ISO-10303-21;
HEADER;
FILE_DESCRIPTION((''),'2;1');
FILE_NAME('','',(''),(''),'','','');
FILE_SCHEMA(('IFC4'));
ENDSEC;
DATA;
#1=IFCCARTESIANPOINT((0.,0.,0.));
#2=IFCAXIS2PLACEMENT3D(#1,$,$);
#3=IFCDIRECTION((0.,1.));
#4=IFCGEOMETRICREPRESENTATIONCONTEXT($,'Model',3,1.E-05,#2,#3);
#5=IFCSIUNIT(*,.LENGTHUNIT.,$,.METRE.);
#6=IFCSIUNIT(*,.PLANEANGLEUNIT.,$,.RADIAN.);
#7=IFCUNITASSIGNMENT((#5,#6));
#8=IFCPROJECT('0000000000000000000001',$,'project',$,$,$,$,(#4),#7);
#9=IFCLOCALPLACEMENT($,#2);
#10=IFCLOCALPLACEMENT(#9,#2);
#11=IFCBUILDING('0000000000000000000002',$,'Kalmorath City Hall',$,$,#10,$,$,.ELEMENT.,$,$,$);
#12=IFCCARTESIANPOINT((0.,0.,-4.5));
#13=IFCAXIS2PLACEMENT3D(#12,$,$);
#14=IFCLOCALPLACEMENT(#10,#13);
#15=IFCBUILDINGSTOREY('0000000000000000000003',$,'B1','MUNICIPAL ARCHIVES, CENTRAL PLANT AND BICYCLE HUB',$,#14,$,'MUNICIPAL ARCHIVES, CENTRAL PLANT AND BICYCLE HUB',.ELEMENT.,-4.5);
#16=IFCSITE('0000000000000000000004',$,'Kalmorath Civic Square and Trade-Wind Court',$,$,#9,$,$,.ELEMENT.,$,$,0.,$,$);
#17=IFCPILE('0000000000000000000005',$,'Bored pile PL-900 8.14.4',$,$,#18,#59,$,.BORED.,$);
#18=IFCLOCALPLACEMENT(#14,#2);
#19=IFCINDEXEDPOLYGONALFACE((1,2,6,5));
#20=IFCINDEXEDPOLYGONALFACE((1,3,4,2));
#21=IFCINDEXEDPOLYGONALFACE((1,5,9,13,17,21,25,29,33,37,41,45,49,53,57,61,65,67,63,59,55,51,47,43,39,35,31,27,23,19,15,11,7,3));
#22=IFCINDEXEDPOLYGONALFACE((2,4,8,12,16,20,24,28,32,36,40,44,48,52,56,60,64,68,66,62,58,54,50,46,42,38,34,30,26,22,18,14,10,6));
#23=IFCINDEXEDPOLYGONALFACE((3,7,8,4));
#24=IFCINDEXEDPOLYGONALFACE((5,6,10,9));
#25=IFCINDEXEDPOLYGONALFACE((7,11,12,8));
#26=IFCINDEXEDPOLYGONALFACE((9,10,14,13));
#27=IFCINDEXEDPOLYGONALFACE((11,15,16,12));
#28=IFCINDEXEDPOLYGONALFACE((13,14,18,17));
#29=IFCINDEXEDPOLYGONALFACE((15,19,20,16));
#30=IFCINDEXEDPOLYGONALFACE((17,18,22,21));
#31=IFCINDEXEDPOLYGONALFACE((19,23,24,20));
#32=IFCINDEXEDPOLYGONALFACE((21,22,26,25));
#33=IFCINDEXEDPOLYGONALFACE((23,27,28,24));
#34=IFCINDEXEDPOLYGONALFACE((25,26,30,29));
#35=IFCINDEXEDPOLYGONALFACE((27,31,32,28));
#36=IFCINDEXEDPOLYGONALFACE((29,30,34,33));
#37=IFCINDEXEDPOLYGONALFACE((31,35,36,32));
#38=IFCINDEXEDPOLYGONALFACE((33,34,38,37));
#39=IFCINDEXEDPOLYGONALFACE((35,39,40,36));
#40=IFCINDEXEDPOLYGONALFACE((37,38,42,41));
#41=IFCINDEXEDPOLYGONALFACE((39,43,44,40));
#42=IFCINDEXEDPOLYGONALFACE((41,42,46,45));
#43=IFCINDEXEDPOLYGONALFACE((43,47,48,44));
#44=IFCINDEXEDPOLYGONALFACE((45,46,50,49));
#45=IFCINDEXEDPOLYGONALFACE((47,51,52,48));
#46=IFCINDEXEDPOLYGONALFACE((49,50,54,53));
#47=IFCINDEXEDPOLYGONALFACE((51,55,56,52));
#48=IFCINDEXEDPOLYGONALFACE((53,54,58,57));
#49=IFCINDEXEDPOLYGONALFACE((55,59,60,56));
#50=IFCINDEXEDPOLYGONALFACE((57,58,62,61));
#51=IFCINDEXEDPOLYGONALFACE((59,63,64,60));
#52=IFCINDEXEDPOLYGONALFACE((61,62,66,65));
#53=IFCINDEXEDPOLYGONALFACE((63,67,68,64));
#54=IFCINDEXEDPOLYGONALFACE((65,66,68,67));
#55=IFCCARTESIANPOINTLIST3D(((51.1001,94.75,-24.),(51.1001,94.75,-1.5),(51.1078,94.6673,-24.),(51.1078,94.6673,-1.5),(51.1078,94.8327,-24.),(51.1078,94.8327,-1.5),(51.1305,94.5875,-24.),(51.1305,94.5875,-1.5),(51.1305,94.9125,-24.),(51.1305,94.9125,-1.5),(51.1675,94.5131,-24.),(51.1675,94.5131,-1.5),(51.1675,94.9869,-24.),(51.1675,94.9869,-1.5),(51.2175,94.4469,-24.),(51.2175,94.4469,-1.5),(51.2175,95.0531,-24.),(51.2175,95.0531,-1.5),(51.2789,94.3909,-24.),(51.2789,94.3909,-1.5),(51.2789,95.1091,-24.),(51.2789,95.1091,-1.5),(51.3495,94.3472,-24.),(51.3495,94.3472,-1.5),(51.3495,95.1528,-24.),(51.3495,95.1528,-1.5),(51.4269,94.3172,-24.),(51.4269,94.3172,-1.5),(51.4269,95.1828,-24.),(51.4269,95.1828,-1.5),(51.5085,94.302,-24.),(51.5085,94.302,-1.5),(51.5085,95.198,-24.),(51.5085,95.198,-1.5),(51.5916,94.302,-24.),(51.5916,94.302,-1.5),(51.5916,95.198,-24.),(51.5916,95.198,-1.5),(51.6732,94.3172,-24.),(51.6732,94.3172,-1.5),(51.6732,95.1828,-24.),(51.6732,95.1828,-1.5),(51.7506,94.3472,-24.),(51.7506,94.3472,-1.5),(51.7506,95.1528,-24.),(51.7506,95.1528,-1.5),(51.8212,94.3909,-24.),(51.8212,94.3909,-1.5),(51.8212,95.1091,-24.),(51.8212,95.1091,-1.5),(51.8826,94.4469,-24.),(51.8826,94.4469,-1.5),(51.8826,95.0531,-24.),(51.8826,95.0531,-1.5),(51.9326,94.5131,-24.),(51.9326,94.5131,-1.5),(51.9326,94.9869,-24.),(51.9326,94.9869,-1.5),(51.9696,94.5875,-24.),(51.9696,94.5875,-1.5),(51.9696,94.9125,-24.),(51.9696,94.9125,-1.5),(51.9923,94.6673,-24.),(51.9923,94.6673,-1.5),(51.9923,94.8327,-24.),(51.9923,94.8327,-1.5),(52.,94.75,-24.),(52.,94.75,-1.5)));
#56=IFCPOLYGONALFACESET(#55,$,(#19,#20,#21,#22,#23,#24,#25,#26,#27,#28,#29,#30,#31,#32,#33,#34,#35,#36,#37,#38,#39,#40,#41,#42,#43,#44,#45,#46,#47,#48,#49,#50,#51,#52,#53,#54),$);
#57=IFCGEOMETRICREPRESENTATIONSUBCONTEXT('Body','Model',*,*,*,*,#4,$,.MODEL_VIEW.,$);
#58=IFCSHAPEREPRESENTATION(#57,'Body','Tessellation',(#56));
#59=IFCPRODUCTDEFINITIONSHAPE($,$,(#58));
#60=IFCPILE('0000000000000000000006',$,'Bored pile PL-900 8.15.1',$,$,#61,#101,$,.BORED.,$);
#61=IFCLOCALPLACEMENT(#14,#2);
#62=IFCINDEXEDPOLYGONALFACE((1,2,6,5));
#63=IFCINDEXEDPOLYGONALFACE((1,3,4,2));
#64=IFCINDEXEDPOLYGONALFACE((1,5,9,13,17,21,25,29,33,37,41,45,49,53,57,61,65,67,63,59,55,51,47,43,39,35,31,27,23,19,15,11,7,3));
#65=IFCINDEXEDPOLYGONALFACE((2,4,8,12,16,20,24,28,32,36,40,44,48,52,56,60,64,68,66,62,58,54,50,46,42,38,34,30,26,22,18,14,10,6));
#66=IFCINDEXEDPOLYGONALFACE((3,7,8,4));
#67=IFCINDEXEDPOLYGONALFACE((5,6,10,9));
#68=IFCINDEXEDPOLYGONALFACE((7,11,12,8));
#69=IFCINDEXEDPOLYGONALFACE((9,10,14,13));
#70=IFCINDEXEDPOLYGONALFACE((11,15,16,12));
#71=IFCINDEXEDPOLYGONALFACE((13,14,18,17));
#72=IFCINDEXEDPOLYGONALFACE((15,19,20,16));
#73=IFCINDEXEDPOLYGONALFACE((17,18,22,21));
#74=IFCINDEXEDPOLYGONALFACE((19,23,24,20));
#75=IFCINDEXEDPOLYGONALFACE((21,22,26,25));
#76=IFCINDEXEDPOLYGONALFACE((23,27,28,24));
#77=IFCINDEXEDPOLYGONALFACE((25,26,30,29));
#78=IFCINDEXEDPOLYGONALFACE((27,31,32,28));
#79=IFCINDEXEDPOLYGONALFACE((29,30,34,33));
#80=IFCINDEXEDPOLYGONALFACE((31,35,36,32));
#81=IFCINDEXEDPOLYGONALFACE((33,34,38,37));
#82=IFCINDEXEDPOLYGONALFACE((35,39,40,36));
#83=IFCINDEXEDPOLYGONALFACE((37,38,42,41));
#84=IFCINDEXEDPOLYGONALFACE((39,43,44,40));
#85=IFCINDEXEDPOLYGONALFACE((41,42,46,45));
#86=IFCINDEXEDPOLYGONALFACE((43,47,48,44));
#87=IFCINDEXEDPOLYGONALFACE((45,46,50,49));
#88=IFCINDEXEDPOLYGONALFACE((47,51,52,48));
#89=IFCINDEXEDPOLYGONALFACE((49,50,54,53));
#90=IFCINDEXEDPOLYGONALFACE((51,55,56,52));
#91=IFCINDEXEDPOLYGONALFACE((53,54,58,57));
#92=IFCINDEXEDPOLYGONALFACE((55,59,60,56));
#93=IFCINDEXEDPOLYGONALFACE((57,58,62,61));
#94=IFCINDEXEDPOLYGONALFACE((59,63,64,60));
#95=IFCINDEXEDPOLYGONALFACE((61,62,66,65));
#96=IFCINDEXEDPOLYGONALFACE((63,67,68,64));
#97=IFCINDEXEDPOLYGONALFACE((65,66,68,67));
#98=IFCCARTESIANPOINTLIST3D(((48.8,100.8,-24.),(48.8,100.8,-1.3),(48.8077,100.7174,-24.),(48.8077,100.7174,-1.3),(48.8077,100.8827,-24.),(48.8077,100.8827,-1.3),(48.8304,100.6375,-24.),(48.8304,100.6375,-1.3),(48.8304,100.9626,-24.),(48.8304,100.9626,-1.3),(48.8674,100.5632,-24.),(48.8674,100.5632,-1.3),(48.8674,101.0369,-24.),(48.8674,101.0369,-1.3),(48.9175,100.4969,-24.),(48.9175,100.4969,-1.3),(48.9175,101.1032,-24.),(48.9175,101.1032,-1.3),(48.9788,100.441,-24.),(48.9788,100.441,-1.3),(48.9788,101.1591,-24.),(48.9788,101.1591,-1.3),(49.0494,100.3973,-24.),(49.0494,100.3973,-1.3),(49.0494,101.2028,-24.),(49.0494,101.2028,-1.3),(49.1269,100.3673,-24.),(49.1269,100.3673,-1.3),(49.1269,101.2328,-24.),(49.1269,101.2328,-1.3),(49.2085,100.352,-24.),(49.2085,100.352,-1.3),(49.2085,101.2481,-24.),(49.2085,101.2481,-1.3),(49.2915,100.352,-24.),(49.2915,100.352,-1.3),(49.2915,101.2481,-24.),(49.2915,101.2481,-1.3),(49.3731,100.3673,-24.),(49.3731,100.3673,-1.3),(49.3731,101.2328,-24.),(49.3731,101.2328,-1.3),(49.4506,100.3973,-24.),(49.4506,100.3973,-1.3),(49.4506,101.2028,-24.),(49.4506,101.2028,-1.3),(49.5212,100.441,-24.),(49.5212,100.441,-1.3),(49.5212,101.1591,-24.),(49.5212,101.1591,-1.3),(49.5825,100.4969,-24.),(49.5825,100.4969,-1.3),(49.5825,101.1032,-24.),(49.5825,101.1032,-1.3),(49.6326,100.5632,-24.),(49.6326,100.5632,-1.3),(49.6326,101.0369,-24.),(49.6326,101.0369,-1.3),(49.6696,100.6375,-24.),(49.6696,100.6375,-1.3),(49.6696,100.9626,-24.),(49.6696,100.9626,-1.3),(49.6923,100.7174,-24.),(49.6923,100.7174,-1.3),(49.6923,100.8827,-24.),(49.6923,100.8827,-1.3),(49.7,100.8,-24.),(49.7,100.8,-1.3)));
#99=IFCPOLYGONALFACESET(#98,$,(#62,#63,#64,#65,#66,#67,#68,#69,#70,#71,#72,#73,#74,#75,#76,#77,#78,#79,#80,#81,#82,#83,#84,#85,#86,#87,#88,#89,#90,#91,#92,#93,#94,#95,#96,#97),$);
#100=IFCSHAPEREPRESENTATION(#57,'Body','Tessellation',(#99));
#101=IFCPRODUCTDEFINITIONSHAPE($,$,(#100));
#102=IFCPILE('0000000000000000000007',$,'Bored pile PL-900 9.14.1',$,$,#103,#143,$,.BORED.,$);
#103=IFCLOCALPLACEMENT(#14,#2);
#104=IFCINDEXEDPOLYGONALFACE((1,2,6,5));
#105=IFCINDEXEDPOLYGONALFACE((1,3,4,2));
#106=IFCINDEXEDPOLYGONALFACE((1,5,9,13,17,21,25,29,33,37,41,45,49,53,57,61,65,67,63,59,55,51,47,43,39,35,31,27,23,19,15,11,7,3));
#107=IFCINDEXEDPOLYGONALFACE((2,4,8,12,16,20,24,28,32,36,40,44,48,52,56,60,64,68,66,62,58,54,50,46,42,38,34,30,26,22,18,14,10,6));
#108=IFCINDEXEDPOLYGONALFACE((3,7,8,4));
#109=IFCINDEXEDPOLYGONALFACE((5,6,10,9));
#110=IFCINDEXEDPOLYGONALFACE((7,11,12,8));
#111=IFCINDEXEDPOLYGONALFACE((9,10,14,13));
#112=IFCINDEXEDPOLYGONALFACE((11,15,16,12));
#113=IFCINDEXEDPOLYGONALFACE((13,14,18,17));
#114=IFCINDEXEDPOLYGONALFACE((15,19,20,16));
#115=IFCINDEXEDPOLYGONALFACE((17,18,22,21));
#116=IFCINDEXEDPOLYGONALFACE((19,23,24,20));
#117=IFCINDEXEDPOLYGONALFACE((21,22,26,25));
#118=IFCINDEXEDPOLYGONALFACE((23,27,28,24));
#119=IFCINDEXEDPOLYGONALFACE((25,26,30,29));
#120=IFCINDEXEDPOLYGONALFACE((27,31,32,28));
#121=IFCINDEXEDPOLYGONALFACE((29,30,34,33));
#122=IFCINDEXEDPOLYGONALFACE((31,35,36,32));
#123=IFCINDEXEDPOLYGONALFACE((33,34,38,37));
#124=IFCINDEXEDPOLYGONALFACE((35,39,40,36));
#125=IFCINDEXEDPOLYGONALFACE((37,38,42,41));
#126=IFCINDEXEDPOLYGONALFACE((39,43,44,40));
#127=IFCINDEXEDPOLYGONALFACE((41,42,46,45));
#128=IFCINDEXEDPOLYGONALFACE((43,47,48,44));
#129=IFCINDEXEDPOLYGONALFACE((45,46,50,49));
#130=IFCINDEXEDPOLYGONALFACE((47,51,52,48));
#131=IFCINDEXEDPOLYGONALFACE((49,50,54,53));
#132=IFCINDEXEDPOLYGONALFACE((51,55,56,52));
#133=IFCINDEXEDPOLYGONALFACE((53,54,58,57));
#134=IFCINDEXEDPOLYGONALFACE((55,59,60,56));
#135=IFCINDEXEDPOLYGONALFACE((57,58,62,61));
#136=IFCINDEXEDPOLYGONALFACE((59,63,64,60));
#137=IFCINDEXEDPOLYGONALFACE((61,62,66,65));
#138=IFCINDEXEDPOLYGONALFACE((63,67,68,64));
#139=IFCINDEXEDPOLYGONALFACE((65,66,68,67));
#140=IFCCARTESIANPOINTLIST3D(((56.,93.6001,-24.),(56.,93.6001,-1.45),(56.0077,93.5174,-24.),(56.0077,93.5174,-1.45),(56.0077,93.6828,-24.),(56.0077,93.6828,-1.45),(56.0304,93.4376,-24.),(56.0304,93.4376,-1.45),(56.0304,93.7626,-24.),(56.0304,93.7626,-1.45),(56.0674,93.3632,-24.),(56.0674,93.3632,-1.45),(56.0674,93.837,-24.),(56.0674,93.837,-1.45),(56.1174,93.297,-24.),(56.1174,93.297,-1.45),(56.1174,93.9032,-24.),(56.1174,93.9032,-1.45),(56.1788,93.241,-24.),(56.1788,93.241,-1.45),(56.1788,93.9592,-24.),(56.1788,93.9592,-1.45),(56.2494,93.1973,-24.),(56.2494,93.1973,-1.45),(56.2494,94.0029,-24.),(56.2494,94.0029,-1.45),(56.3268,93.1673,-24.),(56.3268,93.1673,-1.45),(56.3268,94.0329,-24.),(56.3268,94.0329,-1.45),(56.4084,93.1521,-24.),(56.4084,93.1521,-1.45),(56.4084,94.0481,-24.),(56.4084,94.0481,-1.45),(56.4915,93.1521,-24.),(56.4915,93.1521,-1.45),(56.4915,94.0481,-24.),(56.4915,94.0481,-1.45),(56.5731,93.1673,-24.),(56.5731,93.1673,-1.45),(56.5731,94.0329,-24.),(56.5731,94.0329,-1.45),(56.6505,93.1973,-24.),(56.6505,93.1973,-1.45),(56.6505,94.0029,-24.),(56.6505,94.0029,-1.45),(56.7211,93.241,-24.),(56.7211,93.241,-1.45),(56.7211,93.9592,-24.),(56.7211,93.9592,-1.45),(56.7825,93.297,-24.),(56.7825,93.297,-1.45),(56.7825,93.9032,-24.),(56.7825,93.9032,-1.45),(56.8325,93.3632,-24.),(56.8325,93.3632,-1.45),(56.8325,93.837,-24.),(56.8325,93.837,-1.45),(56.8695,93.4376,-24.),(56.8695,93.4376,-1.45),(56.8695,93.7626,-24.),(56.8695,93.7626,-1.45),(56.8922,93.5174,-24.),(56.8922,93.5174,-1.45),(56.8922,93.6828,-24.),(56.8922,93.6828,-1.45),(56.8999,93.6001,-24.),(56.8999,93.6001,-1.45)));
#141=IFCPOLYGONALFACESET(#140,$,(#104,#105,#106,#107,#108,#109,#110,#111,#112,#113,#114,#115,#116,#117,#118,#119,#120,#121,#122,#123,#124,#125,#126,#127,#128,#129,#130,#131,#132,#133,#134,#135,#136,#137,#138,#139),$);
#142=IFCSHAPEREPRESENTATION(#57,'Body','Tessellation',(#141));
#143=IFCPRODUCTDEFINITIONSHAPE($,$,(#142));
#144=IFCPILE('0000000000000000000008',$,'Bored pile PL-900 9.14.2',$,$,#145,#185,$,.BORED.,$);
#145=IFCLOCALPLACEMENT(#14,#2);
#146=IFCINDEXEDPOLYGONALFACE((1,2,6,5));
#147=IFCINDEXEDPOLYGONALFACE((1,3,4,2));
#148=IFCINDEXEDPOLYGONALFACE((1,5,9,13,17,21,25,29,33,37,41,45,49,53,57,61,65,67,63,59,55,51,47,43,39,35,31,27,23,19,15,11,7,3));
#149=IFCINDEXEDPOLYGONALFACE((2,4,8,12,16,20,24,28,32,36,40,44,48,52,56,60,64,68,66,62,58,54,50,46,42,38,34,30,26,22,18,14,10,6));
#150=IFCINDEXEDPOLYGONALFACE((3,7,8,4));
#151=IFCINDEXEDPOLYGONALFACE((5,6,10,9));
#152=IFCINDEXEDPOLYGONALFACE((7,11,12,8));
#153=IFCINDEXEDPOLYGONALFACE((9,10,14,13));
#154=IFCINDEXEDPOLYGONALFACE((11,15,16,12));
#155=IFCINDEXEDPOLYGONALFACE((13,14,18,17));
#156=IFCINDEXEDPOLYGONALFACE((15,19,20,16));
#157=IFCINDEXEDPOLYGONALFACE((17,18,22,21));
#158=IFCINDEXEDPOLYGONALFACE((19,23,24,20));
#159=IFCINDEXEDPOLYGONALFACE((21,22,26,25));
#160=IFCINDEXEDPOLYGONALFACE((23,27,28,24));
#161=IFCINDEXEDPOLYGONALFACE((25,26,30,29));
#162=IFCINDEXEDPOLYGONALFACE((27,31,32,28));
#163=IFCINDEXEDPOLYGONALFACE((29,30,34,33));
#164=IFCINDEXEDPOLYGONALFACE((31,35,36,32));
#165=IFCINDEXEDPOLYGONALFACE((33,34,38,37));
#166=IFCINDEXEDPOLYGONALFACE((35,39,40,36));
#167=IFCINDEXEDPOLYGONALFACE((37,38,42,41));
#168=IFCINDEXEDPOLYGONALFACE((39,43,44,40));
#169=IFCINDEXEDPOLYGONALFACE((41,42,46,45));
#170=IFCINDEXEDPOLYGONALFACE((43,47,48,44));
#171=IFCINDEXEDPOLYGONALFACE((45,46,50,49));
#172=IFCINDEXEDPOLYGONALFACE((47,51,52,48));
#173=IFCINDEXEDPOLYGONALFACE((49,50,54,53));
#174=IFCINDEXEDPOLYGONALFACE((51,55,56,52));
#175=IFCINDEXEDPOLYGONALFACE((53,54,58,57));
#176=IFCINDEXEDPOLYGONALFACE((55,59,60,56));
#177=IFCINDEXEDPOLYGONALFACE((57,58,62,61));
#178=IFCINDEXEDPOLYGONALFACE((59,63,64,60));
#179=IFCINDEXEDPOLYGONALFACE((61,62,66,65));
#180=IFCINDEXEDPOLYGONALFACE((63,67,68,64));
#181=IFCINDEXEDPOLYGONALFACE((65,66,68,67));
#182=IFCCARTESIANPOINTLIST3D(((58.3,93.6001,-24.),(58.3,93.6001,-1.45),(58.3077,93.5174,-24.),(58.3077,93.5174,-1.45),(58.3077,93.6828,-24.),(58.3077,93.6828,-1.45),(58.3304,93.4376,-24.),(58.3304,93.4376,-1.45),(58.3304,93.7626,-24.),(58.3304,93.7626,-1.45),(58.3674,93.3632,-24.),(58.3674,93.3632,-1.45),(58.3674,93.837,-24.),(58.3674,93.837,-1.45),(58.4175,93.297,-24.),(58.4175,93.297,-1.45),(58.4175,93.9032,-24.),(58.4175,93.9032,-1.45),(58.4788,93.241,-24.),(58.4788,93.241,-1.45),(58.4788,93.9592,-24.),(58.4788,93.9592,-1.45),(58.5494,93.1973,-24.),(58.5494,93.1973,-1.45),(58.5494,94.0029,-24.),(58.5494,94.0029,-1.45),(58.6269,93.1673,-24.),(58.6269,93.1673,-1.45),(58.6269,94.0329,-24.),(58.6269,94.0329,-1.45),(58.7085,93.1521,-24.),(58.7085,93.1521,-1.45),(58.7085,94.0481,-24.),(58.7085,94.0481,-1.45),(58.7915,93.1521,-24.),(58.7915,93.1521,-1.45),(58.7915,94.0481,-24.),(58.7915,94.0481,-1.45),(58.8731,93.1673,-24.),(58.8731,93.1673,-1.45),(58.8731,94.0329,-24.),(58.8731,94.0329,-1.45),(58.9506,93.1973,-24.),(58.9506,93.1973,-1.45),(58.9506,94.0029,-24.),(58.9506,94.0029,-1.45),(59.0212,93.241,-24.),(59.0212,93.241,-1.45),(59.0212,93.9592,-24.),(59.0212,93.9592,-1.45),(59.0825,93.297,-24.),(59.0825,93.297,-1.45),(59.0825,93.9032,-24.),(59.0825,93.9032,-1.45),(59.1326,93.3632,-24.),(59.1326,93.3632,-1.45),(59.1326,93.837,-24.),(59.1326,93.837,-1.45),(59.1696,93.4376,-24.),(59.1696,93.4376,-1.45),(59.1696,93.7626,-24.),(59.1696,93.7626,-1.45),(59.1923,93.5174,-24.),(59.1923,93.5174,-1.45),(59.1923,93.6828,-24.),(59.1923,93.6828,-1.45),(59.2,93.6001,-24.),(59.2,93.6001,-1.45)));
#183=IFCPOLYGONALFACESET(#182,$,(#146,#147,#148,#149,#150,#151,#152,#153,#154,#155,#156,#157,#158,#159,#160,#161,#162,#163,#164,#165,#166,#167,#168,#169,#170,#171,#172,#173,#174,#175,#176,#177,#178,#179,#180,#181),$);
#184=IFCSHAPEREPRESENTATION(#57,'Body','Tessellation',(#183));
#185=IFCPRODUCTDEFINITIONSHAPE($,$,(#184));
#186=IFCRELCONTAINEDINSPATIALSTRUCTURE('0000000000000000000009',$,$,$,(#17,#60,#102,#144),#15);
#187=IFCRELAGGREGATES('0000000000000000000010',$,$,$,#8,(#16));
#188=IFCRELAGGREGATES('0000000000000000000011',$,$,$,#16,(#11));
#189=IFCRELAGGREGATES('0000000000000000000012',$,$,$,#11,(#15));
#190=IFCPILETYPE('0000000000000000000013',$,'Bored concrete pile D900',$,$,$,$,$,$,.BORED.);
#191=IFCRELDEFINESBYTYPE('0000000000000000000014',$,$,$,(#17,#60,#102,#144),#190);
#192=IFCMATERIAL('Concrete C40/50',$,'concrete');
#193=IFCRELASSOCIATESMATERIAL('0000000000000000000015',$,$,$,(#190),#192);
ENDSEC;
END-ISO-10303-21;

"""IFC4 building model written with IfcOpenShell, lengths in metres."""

from ifc_helpers import new_model, si_unit, direction, frame, origin, origin_2d, place, context, subcontext, project, spatial, circle, extrude, material, material_profile, profile_set, type_object, element, save


model = new_model("IFC4")

# Units and contexts
model_context = context("Model", 3, precision=1e-05, world=origin(), true_north=direction((0.0, 1.0)))
body_context = subcontext(model_context, "Body", "Model", "MODEL_VIEW")
ifc_project = project(units=[si_unit("LENGTHUNIT", "METRE"), si_unit("PLANEANGLEUNIT", "RADIAN")], contexts=[model_context])

# Site, building, storey
site_placement = place(None, origin())
site = spatial("IfcSite", under=ifc_project, at=site_placement, Name="Kalmorath Civic Square and Trade-Wind Court", CompositionType="ELEMENT", RefElevation=0.0)
building_placement = place(site_placement, origin())
building = spatial("IfcBuilding", under=site, at=building_placement, Name="Kalmorath City Hall", CompositionType="ELEMENT")
storey_placement = place(building_placement, frame((0.0, 0.0, -4.5)))
storey = spatial("IfcBuildingStorey", under=building, at=storey_placement, Name="B1", Description="MUNICIPAL ARCHIVES, CENTRAL PLANT AND BICYCLE HUB", LongName="MUNICIPAL ARCHIVES, CENTRAL PLANT AND BICYCLE HUB", CompositionType="ELEMENT", Elevation=-4.5)

# Piles
ifc_material_1 = material(Name="Concrete C40/50", Category="concrete")
ifc_material_profile_1 = material_profile(ifc_material_1, circle(Radius=0.45, at=origin_2d()), Name="PILE-D900")
ifc_profile_set_1 = profile_set([ifc_material_profile_1], Name="Concrete C40/50")
pile_type = type_object("IfcPileType", Name="Bored concrete pile D900", PredefinedType="BORED", material=ifc_profile_set_1)
for number, where, z_axis, x_axis, name in (
    (1, (51.55, 94.75, -1.5), (0.0, 0.0, -1.0), (1.0, 0.0, 0.0), "Bored pile PL-900 8.14.4"),
):
    element("IfcPile", number, at=place(storey_placement, frame(where, z_axis=z_axis, x_axis=x_axis)), inside=storey, type_object=pile_type, Name=name, PredefinedType="BORED", context=body_context, shape_type="SweptSolid", body=[
        extrude(circle(Radius=0.45, at=origin_2d()), origin(), (0.0, 0.0, 1.0), 22.5),
    ])
pile_1_placement = place(storey_placement, frame((49.25, 100.8, -1.3), z_axis=(0.0, 0.0, -1.0), x_axis=(1.0, 0.0, 0.0)))
element("IfcPile", 2, at=pile_1_placement, inside=storey, type_object=pile_type, Name="Bored pile PL-900 8.15.1", PredefinedType="BORED", context=body_context, shape_type="SweptSolid", body=[
    extrude(circle(Radius=0.45, at=origin_2d()), origin(), (0.0, 0.0, 1.0), 22.7),
])
for number, where, z_axis, x_axis, name in (
    (3, (56.45, 93.6001, -1.45), (0.0, 0.0, -1.0), (1.0, 0.0, 0.0), "Bored pile PL-900 9.14.1"),
    (4, (58.75, 93.6001, -1.45), (0.0, 0.0, -1.0), (1.0, 0.0, 0.0), "Bored pile PL-900 9.14.2"),
):
    element("IfcPile", number, at=place(storey_placement, frame(where, z_axis=z_axis, x_axis=x_axis)), inside=storey, type_object=pile_type, Name=name, PredefinedType="BORED", context=body_context, shape_type="SweptSolid", body=[
        extrude(circle(Radius=0.45, at=origin_2d()), origin(), (0.0, 0.0, 1.0), 22.55),
    ])

save(model, "model.ifc")
